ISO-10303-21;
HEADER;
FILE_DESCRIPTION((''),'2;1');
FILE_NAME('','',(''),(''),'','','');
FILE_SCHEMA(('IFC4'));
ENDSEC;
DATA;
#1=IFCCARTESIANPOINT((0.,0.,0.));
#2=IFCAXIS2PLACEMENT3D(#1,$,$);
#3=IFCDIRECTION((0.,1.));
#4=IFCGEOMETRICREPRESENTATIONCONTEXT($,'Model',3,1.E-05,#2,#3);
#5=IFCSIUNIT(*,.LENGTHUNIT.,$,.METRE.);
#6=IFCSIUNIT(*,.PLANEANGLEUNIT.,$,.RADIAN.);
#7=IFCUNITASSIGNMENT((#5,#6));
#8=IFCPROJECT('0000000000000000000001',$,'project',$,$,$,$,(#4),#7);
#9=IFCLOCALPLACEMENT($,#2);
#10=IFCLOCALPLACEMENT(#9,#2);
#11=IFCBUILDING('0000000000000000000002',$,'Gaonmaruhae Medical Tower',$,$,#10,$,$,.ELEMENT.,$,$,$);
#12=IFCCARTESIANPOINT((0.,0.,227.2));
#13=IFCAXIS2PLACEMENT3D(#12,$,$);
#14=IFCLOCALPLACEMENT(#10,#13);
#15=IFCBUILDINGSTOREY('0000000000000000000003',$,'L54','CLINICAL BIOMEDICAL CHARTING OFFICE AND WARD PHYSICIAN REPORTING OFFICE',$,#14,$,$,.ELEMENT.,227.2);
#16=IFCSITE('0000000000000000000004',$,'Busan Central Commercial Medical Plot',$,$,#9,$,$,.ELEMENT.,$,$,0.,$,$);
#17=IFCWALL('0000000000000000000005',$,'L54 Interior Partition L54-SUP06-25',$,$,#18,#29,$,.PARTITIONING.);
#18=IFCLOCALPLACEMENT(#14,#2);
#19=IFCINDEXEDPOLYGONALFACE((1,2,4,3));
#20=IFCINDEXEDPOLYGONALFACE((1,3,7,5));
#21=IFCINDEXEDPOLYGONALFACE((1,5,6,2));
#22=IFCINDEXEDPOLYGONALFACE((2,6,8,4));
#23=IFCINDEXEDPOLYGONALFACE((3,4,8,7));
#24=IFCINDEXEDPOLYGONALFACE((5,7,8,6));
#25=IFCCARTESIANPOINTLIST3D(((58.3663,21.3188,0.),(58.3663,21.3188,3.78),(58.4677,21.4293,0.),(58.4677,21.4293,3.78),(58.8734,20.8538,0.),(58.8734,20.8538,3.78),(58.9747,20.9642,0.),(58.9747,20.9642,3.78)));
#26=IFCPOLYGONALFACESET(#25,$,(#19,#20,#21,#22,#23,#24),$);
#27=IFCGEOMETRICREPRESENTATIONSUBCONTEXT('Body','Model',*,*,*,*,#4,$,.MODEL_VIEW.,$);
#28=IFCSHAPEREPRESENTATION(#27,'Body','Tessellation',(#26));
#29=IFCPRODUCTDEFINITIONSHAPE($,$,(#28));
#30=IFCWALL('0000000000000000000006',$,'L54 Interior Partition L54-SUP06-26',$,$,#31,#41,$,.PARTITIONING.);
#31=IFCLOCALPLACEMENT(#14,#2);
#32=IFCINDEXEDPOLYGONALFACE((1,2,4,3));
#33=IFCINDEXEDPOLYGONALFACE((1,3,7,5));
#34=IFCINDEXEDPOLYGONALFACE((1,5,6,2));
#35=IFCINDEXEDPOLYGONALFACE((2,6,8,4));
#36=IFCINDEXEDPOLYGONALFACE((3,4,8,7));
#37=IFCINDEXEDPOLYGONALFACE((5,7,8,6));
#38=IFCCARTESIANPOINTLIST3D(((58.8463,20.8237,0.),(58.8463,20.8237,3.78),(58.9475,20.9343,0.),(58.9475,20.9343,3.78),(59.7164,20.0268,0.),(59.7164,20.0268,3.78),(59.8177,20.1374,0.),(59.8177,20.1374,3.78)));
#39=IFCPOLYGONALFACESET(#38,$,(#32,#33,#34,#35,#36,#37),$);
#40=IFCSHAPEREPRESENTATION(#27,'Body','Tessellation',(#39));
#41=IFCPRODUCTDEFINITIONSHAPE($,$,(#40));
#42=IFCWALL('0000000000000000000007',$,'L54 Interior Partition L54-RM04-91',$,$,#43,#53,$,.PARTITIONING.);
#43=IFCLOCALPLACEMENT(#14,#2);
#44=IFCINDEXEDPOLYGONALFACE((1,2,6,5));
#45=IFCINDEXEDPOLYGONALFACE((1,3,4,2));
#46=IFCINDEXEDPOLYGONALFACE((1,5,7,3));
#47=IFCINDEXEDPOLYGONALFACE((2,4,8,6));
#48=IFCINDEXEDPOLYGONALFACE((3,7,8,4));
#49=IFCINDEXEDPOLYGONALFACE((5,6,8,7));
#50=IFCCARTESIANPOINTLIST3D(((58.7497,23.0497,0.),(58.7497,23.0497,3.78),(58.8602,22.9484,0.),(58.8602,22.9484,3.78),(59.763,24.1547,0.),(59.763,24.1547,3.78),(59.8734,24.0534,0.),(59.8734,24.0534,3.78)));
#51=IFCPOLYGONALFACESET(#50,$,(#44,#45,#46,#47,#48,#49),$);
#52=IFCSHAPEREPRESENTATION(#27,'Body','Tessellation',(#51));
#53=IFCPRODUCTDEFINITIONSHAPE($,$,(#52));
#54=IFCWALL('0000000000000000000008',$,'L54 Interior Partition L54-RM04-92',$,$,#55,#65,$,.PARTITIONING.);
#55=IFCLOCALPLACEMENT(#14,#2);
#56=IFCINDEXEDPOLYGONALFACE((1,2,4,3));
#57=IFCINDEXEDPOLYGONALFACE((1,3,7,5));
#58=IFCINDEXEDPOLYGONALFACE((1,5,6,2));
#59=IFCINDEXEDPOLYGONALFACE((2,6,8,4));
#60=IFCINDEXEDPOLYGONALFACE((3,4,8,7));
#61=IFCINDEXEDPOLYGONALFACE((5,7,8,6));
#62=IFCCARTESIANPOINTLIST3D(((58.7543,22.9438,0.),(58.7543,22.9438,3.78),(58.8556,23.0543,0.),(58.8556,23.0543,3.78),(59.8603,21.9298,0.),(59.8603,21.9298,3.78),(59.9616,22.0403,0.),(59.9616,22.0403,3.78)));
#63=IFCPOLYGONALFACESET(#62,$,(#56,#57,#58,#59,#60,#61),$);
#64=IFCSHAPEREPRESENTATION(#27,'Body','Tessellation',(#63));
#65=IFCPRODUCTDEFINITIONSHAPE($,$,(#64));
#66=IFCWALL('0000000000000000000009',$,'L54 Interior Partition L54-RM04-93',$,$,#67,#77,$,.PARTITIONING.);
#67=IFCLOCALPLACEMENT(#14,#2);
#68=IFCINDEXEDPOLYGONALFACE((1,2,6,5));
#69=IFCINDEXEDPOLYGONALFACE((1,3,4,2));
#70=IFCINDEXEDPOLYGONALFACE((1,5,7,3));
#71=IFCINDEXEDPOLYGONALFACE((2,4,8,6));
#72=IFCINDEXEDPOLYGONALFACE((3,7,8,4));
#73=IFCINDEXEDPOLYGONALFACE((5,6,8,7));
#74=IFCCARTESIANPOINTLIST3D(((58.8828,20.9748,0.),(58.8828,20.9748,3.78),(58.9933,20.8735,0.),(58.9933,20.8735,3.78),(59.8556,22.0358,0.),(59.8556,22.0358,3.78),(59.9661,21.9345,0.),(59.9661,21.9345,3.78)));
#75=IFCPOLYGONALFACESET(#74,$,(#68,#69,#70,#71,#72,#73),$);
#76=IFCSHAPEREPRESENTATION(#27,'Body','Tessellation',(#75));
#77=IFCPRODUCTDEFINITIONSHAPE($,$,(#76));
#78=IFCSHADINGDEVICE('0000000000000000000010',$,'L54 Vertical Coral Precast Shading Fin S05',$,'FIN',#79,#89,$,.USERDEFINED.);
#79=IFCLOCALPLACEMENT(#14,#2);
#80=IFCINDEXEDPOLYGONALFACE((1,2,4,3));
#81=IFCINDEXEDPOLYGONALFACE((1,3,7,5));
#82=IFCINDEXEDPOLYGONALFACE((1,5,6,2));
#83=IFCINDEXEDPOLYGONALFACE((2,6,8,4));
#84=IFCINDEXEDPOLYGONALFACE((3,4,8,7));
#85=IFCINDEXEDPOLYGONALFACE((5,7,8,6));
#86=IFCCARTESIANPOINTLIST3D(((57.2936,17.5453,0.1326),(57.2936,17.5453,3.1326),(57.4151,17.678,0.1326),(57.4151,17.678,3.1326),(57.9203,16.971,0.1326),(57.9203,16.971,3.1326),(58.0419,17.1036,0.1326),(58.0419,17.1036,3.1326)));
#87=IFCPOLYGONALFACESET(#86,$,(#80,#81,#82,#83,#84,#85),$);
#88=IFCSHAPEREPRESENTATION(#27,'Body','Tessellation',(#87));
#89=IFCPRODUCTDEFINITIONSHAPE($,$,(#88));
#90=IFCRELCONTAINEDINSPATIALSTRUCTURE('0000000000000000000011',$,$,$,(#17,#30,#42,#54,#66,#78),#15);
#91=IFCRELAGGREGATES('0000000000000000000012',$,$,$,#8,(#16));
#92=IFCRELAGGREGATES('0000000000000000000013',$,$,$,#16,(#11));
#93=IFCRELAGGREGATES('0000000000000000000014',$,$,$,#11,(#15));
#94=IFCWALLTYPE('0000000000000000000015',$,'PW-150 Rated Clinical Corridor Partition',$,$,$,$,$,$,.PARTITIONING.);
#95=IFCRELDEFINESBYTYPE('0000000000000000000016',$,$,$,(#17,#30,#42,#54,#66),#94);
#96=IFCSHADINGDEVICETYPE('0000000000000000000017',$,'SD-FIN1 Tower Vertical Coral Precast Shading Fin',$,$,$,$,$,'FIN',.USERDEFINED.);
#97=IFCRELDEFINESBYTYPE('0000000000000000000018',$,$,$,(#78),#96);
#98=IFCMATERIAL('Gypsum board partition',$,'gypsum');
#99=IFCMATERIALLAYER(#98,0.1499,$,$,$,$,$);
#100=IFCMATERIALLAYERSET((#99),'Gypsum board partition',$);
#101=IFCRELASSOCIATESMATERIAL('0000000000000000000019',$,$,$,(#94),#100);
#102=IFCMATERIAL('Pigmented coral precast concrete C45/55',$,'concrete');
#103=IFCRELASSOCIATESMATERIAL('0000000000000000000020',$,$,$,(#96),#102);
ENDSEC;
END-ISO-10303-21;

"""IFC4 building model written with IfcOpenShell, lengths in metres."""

from ifc_helpers import new_model, si_unit, direction, frame, frame_2d, origin, origin_2d, place, context, subcontext, project, spatial, rectangle, extrude, material, layer, layer_set, type_object, element, save


model = new_model("IFC4")

# Units and contexts
model_context = context("Model", 3, precision=1e-05, world=origin(), true_north=direction((0.0, 1.0)))
body_context = subcontext(model_context, "Body", "Model", "MODEL_VIEW")
ifc_project = project(units=[si_unit("LENGTHUNIT", "METRE"), si_unit("PLANEANGLEUNIT", "RADIAN")], contexts=[model_context])

# Site, building, storey
site_placement = place(None, origin())
site = spatial("IfcSite", under=ifc_project, at=site_placement, Name="Busan Central Commercial Medical Plot", CompositionType="ELEMENT", RefElevation=0.0)
building_placement = place(site_placement, origin())
building = spatial("IfcBuilding", under=site, at=building_placement, Name="Gaonmaruhae Medical Tower", CompositionType="ELEMENT")
storey_placement = place(building_placement, frame((0.0, 0.0, 227.2)))
storey = spatial("IfcBuildingStorey", under=building, at=storey_placement, Name="L54", Description="CLINICAL BIOMEDICAL CHARTING OFFICE AND WARD PHYSICIAN REPORTING OFFICE", CompositionType="ELEMENT", Elevation=227.2)

# Shared definitions
ifc_material_1 = material(Name="Gypsum board partition", Category="gypsum")
ifc_layer_1 = layer(ifc_material_1, 0.1499)
ifc_layer_set_1 = layer_set([ifc_layer_1], Name="Gypsum board partition")
wall_type_1 = type_object("IfcWallType", Name="PW-150 Rated Clinical Corridor Partition", PredefinedType="PARTITIONING", material=ifc_layer_set_1)

# Walls
wall_1_placement = place(storey_placement, frame((58.417, 21.374, 0.0), z_axis=(0.0, 0.0, 1.0), x_axis=(0.736963, -0.675933, 0.0)))
element("IfcWall", 1, at=wall_1_placement, inside=storey, type_object=wall_type_1, Name="L54 Interior Partition L54-SUP06-25", PredefinedType="PARTITIONING", context=body_context, shape_type="SweptSolid", body=[
    extrude(rectangle(XDim=0.688, YDim=0.1499, at=frame_2d((0.344, 0.0))), origin(), (0.0, 0.0, 1.0), 3.78),
])
wall_2_placement = place(storey_placement, frame((58.897, 20.8789, 0.0), z_axis=(0.0, 0.0, 1.0), x_axis=(0.737463, -0.675387, 0.0)))
element("IfcWall", 2, at=wall_2_placement, inside=storey, type_object=wall_type_1, Name="L54 Interior Partition L54-SUP06-26", PredefinedType="PARTITIONING", context=body_context, shape_type="SweptSolid", body=[
    extrude(rectangle(XDim=1.1799, YDim=0.1499, at=frame_2d((0.5898, 0.0))), origin(), (0.0, 0.0, 1.0), 3.78),
])
wall_3_placement = place(storey_placement, frame((59.8181, 24.104, 0.0), z_axis=(0.0, 0.0, 1.0), x_axis=(-0.675828, -0.737059, 0.0)))
element("IfcWall", 3, at=wall_3_placement, inside=storey, type_object=wall_type_1, Name="L54 Interior Partition L54-RM04-91", PredefinedType="PARTITIONING", context=body_context, shape_type="SweptSolid", body=[
    extrude(rectangle(XDim=1.4993, YDim=0.1499, at=frame_2d((0.7495, 0.0))), origin(), (0.0, 0.0, 1.0), 3.78),
])
wall_4_placement = place(storey_placement, frame((58.8049, 22.999, 0.0), z_axis=(0.0, 0.0, 1.0), x_axis=(0.737114, -0.675769, 0.0)))
element("IfcWall", 4, at=wall_4_placement, inside=storey, type_object=wall_type_1, Name="L54 Interior Partition L54-RM04-92", PredefinedType="PARTITIONING", context=body_context, shape_type="SweptSolid", body=[
    extrude(rectangle(XDim=1.5005, YDim=0.1499, at=frame_2d((0.7502, 0.0))), origin(), (0.0, 0.0, 1.0), 3.78),
])
wall_5_placement = place(storey_placement, frame((59.9109, 21.9851, 0.0), z_axis=(0.0, 0.0, 1.0), x_axis=(-0.675832, -0.737056, 0.0)))
element("IfcWall", 5, at=wall_5_placement, inside=storey, type_object=wall_type_1, Name="L54 Interior Partition L54-RM04-93", PredefinedType="PARTITIONING", context=body_context, shape_type="SweptSolid", body=[
    extrude(rectangle(XDim=1.4395, YDim=0.1499, at=frame_2d((0.7197, 0.0))), origin(), (0.0, 0.0, 1.0), 3.78),
])

# Shading device
ifc_material_2 = material(Name="Pigmented coral precast concrete C45/55", Category="concrete")
shading_device_type = type_object("IfcShadingDeviceType", Name="SD-FIN1 Tower Vertical Coral Precast Shading Fin", ElementType="FIN", PredefinedType="USERDEFINED", material=ifc_material_2)
shading_device_placement = place(storey_placement, frame((57.6677, 17.3245, 0.1326), z_axis=(0.0, 0.0, 1.0), x_axis=(-0.67559, -0.737277, 0.0)))
element("IfcShadingDevice", 6, at=shading_device_placement, inside=storey, type_object=shading_device_type, Name="L54 Vertical Coral Precast Shading Fin S05", ObjectType="FIN", PredefinedType="USERDEFINED", context=body_context, shape_type="SweptSolid", body=[
    extrude(rectangle(XDim=0.1799, YDim=0.8501, at=origin_2d()), origin(), (0.0, 0.0, 1.0), 3.0),
])

save(model, "model.ifc")
